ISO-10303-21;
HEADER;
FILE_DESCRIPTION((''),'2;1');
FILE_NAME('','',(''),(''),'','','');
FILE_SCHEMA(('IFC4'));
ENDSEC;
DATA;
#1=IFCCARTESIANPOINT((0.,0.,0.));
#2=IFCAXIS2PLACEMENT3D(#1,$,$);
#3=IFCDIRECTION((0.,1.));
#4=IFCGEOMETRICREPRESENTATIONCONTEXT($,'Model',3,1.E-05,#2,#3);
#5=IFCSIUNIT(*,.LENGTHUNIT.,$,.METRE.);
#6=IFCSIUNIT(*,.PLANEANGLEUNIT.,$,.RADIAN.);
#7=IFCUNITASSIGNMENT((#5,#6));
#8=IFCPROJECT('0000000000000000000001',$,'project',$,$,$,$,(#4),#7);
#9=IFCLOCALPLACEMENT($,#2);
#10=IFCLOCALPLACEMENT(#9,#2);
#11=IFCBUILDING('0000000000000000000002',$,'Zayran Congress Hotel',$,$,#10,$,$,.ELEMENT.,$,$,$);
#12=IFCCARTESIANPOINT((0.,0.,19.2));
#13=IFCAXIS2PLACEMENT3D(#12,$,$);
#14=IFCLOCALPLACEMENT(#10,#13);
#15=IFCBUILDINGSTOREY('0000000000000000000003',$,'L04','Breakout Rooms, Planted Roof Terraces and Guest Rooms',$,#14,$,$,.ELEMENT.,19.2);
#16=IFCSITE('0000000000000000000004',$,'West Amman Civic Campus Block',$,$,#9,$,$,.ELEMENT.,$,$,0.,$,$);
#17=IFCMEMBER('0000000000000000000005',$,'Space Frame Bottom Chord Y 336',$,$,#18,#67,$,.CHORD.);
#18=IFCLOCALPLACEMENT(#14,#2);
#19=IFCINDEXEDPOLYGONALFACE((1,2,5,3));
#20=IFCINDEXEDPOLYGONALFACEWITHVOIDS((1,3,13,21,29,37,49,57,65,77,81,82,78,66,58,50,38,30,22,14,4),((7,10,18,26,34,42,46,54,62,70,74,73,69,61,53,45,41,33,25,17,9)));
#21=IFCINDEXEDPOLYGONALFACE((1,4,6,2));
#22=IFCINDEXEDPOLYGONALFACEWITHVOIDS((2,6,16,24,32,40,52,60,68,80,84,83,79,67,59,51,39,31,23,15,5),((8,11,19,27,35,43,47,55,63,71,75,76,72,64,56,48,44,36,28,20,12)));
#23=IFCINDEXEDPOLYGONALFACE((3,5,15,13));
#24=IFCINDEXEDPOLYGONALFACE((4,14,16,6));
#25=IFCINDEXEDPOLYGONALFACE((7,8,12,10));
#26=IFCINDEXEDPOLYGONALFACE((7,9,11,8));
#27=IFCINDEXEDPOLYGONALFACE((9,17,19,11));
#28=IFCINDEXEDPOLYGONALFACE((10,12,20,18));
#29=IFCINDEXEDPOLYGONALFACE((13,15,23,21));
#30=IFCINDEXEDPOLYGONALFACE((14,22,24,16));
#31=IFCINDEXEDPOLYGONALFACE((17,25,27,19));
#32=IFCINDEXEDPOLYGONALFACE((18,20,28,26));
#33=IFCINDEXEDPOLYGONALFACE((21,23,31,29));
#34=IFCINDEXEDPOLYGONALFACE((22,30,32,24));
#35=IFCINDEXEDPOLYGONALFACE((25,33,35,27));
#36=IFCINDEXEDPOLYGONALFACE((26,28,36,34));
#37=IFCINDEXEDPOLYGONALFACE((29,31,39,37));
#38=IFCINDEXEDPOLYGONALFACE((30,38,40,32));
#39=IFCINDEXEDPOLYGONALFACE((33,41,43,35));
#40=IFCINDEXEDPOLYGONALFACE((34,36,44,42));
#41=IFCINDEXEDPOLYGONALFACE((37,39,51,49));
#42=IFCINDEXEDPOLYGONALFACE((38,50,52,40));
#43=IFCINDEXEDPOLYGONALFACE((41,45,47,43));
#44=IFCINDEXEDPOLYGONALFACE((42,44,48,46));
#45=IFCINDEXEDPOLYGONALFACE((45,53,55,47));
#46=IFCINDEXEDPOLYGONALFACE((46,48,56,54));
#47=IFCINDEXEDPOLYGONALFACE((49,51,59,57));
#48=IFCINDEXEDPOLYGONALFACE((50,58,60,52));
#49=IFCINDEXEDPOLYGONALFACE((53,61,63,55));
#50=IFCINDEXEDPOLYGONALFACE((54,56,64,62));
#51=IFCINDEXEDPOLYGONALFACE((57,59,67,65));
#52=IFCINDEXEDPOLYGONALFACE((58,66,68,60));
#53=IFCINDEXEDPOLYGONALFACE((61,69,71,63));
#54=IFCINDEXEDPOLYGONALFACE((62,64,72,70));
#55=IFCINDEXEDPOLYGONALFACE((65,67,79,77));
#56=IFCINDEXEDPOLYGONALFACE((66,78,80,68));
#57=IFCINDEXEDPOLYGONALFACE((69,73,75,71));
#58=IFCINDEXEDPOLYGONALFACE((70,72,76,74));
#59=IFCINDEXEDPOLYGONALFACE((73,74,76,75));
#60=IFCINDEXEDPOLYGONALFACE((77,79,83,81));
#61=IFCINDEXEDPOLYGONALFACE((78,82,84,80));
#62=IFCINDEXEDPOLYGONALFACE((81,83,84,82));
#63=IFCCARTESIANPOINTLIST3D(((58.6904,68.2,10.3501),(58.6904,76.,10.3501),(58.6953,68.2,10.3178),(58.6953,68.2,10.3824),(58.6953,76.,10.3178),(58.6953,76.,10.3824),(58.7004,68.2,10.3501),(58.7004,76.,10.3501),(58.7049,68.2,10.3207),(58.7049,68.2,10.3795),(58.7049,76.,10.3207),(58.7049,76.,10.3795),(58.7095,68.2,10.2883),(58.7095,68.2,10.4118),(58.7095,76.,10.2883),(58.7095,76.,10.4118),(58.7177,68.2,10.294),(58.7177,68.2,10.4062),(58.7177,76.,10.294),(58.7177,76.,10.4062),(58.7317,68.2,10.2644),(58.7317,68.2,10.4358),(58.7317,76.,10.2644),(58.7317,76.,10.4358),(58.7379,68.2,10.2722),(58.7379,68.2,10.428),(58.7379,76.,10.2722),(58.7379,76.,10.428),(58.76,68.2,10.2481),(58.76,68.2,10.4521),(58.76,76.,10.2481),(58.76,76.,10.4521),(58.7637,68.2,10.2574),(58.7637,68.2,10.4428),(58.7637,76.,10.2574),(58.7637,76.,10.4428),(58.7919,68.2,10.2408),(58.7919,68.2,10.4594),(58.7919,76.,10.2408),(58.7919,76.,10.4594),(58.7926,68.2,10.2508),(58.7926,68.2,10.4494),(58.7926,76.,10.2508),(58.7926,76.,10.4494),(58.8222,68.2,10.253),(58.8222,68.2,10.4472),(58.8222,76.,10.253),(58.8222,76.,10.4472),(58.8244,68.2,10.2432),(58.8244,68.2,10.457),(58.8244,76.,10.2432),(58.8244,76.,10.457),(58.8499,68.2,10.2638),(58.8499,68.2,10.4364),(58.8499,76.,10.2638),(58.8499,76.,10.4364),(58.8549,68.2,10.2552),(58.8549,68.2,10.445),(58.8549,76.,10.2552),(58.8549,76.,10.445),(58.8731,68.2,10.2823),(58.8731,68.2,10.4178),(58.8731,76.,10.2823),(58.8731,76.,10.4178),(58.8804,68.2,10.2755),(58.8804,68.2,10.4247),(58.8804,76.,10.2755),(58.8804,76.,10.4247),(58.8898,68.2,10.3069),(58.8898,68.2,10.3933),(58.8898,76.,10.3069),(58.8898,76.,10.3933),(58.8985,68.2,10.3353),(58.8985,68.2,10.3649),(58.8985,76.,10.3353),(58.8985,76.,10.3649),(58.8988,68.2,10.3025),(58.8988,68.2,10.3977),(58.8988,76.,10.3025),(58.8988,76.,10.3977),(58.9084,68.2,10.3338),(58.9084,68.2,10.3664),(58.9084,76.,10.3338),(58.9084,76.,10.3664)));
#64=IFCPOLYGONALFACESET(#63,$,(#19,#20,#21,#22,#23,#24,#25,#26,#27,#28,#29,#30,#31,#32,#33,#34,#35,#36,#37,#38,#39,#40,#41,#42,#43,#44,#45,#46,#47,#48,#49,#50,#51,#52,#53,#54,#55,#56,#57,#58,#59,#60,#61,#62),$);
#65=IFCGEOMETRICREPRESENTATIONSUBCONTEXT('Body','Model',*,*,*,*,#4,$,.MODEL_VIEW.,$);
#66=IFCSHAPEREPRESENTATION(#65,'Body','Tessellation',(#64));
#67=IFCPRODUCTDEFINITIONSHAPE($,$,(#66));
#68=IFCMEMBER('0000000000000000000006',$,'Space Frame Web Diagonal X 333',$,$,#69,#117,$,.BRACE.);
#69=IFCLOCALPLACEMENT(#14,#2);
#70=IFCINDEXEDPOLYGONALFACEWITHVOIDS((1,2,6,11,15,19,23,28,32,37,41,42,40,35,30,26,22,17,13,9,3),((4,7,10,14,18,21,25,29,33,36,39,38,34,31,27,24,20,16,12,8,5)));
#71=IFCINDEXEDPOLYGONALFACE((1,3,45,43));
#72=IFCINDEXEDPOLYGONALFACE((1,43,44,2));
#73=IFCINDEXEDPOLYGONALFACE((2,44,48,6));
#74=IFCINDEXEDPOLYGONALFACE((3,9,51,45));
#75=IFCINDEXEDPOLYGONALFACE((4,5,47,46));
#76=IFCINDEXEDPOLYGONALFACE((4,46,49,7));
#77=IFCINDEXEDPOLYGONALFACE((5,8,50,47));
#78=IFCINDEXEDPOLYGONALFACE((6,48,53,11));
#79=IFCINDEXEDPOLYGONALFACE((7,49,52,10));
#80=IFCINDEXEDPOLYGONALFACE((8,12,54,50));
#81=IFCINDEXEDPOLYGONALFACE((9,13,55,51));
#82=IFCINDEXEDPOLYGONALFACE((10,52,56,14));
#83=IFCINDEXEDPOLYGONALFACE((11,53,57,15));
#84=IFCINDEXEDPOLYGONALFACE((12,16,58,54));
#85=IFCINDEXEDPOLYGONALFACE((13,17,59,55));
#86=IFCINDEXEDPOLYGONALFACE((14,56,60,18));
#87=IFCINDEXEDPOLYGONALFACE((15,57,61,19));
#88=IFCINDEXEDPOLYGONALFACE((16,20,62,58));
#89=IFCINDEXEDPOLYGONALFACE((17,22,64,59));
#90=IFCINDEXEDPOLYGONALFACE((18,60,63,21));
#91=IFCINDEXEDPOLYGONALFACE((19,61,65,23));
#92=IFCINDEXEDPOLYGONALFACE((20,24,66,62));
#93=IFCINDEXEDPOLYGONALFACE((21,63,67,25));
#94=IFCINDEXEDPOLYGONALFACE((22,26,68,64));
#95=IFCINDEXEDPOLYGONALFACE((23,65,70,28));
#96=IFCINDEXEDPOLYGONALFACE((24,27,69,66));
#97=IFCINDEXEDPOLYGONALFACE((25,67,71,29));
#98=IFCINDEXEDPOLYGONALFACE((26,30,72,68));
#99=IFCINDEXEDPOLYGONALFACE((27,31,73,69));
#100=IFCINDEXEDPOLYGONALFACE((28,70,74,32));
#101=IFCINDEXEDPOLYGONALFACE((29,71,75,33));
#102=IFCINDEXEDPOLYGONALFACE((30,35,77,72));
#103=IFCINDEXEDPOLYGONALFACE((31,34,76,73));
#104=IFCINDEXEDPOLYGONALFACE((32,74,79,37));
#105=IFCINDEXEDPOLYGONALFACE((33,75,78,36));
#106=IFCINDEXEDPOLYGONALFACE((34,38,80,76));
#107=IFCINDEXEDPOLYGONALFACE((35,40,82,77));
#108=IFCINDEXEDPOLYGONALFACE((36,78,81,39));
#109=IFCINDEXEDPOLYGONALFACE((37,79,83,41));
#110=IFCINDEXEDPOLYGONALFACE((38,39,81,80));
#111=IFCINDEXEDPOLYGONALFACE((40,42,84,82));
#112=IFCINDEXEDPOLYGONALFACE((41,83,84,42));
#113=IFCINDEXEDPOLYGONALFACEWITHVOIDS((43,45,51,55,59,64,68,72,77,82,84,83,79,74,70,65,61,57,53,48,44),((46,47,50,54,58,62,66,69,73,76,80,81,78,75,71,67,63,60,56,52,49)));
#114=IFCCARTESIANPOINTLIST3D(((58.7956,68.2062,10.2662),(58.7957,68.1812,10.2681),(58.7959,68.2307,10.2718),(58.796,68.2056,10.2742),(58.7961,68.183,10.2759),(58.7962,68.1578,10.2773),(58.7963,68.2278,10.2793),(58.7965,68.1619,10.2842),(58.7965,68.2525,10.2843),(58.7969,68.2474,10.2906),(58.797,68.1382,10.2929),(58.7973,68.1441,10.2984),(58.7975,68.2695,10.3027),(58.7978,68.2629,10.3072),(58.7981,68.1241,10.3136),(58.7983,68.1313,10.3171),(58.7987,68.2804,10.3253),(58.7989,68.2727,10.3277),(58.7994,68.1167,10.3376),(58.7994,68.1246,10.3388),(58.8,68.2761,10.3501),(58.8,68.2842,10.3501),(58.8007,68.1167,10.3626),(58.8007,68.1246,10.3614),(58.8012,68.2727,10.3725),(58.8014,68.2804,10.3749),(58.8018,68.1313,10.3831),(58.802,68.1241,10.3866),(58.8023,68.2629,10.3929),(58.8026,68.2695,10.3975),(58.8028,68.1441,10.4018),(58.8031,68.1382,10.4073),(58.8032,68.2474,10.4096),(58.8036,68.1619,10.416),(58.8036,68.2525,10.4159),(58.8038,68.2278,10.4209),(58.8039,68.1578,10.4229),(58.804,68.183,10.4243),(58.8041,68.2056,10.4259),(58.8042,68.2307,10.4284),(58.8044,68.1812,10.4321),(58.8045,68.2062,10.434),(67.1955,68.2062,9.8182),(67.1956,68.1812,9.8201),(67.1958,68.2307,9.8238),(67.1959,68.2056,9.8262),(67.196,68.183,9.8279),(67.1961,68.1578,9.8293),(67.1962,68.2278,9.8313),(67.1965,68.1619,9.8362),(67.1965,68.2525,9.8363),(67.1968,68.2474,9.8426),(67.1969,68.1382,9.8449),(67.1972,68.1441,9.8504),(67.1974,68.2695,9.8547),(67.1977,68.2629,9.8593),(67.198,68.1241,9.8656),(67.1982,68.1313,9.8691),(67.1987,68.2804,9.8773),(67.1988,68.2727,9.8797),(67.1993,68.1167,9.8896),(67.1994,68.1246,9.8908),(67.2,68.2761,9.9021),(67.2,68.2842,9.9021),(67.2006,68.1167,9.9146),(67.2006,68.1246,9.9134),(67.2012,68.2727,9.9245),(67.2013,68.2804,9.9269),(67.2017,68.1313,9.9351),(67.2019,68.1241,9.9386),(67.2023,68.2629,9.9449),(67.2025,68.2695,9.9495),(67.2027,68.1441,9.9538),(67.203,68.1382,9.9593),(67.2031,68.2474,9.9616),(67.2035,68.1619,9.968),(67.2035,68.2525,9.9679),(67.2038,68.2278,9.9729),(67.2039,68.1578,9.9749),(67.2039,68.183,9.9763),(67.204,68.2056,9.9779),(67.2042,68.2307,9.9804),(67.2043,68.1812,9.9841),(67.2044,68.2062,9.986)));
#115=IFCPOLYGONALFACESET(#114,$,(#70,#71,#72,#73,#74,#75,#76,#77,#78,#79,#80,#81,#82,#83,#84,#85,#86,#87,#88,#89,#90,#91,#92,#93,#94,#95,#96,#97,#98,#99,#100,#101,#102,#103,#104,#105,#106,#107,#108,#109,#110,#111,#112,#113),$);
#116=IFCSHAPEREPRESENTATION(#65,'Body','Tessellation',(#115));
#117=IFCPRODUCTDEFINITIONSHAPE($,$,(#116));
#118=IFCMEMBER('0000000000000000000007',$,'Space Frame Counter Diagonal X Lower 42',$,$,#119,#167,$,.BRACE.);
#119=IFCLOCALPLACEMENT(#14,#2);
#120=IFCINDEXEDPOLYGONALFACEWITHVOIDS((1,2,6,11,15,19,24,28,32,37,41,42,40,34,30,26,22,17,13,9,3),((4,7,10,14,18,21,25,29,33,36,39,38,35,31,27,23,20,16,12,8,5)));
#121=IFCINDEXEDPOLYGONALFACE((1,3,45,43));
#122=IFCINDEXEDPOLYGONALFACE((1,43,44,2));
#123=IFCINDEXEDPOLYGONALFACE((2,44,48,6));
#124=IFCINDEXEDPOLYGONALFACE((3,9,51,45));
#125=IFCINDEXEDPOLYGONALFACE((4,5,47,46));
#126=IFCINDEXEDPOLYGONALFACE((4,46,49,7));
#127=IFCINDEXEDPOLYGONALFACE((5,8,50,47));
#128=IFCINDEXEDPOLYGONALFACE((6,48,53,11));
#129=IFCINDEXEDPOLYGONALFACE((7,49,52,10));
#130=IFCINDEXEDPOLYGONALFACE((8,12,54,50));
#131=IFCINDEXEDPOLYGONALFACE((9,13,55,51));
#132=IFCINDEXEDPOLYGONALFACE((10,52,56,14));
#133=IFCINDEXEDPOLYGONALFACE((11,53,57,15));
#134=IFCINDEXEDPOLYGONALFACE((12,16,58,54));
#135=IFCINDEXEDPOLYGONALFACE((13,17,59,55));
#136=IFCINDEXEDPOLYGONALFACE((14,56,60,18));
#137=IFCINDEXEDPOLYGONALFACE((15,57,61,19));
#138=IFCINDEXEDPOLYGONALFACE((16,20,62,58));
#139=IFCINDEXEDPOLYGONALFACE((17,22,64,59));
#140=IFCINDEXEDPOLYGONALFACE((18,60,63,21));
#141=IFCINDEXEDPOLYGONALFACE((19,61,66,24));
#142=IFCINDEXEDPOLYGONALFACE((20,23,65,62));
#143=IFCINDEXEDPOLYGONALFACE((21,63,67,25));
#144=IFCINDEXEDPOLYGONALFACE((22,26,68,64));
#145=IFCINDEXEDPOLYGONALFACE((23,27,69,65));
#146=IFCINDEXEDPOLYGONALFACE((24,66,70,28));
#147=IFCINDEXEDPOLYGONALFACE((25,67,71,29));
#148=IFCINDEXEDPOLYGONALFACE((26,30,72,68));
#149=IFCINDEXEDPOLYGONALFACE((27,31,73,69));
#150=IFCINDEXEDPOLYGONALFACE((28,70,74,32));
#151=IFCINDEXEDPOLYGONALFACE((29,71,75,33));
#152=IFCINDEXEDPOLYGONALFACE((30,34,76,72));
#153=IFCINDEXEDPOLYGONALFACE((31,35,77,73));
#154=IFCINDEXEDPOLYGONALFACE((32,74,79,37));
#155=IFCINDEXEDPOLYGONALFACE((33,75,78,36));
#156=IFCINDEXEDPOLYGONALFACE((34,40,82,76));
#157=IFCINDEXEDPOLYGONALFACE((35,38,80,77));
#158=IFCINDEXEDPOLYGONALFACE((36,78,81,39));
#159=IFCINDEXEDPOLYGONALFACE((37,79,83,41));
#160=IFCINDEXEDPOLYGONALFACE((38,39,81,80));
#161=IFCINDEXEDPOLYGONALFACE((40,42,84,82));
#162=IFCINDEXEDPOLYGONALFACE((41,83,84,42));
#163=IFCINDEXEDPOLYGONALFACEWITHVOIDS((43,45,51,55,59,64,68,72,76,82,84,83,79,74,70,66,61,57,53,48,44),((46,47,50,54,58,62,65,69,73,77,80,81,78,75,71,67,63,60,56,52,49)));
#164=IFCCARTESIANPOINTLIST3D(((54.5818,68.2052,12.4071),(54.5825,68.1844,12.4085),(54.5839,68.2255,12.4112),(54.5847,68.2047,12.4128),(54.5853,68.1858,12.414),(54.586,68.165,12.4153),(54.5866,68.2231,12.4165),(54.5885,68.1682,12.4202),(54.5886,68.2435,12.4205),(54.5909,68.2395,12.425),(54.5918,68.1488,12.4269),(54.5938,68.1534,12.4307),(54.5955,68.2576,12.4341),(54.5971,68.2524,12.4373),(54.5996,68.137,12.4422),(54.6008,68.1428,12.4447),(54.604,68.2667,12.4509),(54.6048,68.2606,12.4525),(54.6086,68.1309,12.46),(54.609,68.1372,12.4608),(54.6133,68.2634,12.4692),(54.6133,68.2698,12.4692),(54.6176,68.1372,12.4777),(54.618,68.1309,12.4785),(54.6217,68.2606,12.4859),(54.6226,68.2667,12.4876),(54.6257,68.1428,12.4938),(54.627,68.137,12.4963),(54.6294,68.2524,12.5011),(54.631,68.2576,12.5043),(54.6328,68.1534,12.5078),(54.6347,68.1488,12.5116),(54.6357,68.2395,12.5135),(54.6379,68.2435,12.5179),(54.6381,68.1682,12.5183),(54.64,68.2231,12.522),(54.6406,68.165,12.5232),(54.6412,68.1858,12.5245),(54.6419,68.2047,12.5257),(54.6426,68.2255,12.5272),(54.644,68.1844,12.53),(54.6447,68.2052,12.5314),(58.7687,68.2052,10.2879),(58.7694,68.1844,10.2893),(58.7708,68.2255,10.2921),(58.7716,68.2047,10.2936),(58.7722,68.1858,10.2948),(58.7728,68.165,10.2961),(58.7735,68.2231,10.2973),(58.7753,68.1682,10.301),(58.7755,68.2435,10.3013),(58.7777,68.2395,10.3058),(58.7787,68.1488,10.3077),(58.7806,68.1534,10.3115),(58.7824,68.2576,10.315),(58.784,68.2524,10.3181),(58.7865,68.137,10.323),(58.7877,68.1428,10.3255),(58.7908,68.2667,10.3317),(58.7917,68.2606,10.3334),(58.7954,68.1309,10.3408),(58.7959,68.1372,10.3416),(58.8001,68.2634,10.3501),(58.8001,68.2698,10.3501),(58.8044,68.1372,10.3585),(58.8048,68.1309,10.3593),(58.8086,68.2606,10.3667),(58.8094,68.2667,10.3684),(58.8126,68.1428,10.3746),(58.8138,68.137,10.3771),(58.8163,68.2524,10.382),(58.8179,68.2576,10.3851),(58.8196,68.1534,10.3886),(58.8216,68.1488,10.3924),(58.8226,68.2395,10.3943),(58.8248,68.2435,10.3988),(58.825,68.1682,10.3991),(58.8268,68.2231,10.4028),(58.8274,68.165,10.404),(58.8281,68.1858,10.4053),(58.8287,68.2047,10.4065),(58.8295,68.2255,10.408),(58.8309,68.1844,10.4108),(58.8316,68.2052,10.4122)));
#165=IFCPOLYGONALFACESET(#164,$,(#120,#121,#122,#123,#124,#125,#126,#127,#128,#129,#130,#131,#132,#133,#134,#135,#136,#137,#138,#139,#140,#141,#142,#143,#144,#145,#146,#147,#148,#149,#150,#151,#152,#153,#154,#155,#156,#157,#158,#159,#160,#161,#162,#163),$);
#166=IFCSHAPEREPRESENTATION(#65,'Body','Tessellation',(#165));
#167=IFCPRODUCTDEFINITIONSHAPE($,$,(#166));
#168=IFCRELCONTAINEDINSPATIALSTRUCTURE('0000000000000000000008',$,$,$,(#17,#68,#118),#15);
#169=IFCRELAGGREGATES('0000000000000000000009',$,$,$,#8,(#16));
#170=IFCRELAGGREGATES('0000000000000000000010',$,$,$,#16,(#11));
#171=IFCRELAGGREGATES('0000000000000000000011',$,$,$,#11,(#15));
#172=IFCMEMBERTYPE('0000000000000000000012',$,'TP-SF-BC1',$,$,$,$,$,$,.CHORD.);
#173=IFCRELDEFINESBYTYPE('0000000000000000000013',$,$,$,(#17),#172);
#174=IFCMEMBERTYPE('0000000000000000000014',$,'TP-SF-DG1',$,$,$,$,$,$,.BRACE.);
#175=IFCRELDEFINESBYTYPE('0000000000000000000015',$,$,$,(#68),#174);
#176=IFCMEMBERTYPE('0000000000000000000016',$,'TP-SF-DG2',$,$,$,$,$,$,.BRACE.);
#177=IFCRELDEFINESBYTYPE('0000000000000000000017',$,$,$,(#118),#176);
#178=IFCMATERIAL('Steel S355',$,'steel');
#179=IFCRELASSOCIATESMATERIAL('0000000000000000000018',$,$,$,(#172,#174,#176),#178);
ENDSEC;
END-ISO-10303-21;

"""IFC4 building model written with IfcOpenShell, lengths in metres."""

from ifc_helpers import new_model, si_unit, direction, frame, origin, origin_2d, place, context, subcontext, project, spatial, hollow_circle, extrude, material, material_profile, profile_set, type_object, element, save


model = new_model("IFC4")

# Units and contexts
model_context = context("Model", 3, precision=1e-05, world=origin(), true_north=direction((0.0, 1.0)))
body_context = subcontext(model_context, "Body", "Model", "MODEL_VIEW")
ifc_project = project(units=[si_unit("LENGTHUNIT", "METRE"), si_unit("PLANEANGLEUNIT", "RADIAN")], contexts=[model_context])

# Site, building, storey
site_placement = place(None, origin())
site = spatial("IfcSite", under=ifc_project, at=site_placement, Name="West Amman Civic Campus Block", CompositionType="ELEMENT", RefElevation=0.0)
building_placement = place(site_placement, origin())
building = spatial("IfcBuilding", under=site, at=building_placement, Name="Zayran Congress Hotel", CompositionType="ELEMENT")
storey_placement = place(building_placement, frame((0.0, 0.0, 19.2)))
storey = spatial("IfcBuildingStorey", under=building, at=storey_placement, Name="L04", Description="Breakout Rooms, Planted Roof Terraces and Guest Rooms", CompositionType="ELEMENT", Elevation=19.2)

# Shared definitions
ifc_material_1 = material(Name="Steel S355", Category="steel")

# Members
ifc_material_profile_1 = material_profile(ifc_material_1, hollow_circle(Radius=0.1096, WallThickness=0.01, at=origin_2d()), Name="CHS 219.1x10")
ifc_profile_set_1 = profile_set([ifc_material_profile_1], Name="Steel S355")
member_type_1 = type_object("IfcMemberType", Name="TP-SF-BC1", PredefinedType="CHORD", material=ifc_profile_set_1)
member_1_placement = place(storey_placement, frame((58.8, 68.2, 10.3501), z_axis=(0.0, 1.0, 0.0), x_axis=(-1.0, 0.0, 0.0)))
element("IfcMember", 1, at=member_1_placement, inside=storey, type_object=member_type_1, Name="Space Frame Bottom Chord Y 336", PredefinedType="CHORD", context=body_context, shape_type="SweptSolid", body=[
    extrude(hollow_circle(Radius=0.1096, WallThickness=0.01, at=origin_2d()), origin(), (0.0, 0.0, 1.0), 7.8),
])
ifc_material_profile_2 = material_profile(ifc_material_1, hollow_circle(Radius=0.0842, WallThickness=0.0081, at=origin_2d()), Name="CHS 168.3x8")
ifc_profile_set_2 = profile_set([ifc_material_profile_2], Name="Steel S355")
member_type_2 = type_object("IfcMemberType", Name="TP-SF-DG1", PredefinedType="BRACE", material=ifc_profile_set_2)
member_2_placement = place(storey_placement, frame((58.8, 68.2, 10.3501), z_axis=(0.998581, 0.0, -0.053258), x_axis=(0.0, 1.0, 0.0)))
element("IfcMember", 2, at=member_2_placement, inside=storey, type_object=member_type_2, Name="Space Frame Web Diagonal X 333", PredefinedType="BRACE", context=body_context, shape_type="SweptSolid", body=[
    extrude(hollow_circle(Radius=0.0842, WallThickness=0.0081, at=origin_2d()), origin(), (0.0, 0.0, 1.0), 8.4119),
])
ifc_material_profile_3 = material_profile(ifc_material_1, hollow_circle(Radius=0.0698, WallThickness=0.0063, at=origin_2d()), Name="CHS 139.7x6.3")
ifc_profile_set_3 = profile_set([ifc_material_profile_3], Name="Steel S355")
member_type_3 = type_object("IfcMemberType", Name="TP-SF-DG2", PredefinedType="BRACE", material=ifc_profile_set_3)
member_3_placement = place(storey_placement, frame((54.6133, 68.2, 12.4692), z_axis=(0.892221, 0.0, -0.451599), x_axis=(0.0, 1.0, 0.0)))
element("IfcMember", 3, at=member_3_placement, inside=storey, type_object=member_type_3, Name="Space Frame Counter Diagonal X Lower 42", PredefinedType="BRACE", context=body_context, shape_type="SweptSolid", body=[
    extrude(hollow_circle(Radius=0.0698, WallThickness=0.0063, at=origin_2d()), origin(), (0.0, 0.0, 1.0), 4.6926),
])

save(model, "model.ifc")
